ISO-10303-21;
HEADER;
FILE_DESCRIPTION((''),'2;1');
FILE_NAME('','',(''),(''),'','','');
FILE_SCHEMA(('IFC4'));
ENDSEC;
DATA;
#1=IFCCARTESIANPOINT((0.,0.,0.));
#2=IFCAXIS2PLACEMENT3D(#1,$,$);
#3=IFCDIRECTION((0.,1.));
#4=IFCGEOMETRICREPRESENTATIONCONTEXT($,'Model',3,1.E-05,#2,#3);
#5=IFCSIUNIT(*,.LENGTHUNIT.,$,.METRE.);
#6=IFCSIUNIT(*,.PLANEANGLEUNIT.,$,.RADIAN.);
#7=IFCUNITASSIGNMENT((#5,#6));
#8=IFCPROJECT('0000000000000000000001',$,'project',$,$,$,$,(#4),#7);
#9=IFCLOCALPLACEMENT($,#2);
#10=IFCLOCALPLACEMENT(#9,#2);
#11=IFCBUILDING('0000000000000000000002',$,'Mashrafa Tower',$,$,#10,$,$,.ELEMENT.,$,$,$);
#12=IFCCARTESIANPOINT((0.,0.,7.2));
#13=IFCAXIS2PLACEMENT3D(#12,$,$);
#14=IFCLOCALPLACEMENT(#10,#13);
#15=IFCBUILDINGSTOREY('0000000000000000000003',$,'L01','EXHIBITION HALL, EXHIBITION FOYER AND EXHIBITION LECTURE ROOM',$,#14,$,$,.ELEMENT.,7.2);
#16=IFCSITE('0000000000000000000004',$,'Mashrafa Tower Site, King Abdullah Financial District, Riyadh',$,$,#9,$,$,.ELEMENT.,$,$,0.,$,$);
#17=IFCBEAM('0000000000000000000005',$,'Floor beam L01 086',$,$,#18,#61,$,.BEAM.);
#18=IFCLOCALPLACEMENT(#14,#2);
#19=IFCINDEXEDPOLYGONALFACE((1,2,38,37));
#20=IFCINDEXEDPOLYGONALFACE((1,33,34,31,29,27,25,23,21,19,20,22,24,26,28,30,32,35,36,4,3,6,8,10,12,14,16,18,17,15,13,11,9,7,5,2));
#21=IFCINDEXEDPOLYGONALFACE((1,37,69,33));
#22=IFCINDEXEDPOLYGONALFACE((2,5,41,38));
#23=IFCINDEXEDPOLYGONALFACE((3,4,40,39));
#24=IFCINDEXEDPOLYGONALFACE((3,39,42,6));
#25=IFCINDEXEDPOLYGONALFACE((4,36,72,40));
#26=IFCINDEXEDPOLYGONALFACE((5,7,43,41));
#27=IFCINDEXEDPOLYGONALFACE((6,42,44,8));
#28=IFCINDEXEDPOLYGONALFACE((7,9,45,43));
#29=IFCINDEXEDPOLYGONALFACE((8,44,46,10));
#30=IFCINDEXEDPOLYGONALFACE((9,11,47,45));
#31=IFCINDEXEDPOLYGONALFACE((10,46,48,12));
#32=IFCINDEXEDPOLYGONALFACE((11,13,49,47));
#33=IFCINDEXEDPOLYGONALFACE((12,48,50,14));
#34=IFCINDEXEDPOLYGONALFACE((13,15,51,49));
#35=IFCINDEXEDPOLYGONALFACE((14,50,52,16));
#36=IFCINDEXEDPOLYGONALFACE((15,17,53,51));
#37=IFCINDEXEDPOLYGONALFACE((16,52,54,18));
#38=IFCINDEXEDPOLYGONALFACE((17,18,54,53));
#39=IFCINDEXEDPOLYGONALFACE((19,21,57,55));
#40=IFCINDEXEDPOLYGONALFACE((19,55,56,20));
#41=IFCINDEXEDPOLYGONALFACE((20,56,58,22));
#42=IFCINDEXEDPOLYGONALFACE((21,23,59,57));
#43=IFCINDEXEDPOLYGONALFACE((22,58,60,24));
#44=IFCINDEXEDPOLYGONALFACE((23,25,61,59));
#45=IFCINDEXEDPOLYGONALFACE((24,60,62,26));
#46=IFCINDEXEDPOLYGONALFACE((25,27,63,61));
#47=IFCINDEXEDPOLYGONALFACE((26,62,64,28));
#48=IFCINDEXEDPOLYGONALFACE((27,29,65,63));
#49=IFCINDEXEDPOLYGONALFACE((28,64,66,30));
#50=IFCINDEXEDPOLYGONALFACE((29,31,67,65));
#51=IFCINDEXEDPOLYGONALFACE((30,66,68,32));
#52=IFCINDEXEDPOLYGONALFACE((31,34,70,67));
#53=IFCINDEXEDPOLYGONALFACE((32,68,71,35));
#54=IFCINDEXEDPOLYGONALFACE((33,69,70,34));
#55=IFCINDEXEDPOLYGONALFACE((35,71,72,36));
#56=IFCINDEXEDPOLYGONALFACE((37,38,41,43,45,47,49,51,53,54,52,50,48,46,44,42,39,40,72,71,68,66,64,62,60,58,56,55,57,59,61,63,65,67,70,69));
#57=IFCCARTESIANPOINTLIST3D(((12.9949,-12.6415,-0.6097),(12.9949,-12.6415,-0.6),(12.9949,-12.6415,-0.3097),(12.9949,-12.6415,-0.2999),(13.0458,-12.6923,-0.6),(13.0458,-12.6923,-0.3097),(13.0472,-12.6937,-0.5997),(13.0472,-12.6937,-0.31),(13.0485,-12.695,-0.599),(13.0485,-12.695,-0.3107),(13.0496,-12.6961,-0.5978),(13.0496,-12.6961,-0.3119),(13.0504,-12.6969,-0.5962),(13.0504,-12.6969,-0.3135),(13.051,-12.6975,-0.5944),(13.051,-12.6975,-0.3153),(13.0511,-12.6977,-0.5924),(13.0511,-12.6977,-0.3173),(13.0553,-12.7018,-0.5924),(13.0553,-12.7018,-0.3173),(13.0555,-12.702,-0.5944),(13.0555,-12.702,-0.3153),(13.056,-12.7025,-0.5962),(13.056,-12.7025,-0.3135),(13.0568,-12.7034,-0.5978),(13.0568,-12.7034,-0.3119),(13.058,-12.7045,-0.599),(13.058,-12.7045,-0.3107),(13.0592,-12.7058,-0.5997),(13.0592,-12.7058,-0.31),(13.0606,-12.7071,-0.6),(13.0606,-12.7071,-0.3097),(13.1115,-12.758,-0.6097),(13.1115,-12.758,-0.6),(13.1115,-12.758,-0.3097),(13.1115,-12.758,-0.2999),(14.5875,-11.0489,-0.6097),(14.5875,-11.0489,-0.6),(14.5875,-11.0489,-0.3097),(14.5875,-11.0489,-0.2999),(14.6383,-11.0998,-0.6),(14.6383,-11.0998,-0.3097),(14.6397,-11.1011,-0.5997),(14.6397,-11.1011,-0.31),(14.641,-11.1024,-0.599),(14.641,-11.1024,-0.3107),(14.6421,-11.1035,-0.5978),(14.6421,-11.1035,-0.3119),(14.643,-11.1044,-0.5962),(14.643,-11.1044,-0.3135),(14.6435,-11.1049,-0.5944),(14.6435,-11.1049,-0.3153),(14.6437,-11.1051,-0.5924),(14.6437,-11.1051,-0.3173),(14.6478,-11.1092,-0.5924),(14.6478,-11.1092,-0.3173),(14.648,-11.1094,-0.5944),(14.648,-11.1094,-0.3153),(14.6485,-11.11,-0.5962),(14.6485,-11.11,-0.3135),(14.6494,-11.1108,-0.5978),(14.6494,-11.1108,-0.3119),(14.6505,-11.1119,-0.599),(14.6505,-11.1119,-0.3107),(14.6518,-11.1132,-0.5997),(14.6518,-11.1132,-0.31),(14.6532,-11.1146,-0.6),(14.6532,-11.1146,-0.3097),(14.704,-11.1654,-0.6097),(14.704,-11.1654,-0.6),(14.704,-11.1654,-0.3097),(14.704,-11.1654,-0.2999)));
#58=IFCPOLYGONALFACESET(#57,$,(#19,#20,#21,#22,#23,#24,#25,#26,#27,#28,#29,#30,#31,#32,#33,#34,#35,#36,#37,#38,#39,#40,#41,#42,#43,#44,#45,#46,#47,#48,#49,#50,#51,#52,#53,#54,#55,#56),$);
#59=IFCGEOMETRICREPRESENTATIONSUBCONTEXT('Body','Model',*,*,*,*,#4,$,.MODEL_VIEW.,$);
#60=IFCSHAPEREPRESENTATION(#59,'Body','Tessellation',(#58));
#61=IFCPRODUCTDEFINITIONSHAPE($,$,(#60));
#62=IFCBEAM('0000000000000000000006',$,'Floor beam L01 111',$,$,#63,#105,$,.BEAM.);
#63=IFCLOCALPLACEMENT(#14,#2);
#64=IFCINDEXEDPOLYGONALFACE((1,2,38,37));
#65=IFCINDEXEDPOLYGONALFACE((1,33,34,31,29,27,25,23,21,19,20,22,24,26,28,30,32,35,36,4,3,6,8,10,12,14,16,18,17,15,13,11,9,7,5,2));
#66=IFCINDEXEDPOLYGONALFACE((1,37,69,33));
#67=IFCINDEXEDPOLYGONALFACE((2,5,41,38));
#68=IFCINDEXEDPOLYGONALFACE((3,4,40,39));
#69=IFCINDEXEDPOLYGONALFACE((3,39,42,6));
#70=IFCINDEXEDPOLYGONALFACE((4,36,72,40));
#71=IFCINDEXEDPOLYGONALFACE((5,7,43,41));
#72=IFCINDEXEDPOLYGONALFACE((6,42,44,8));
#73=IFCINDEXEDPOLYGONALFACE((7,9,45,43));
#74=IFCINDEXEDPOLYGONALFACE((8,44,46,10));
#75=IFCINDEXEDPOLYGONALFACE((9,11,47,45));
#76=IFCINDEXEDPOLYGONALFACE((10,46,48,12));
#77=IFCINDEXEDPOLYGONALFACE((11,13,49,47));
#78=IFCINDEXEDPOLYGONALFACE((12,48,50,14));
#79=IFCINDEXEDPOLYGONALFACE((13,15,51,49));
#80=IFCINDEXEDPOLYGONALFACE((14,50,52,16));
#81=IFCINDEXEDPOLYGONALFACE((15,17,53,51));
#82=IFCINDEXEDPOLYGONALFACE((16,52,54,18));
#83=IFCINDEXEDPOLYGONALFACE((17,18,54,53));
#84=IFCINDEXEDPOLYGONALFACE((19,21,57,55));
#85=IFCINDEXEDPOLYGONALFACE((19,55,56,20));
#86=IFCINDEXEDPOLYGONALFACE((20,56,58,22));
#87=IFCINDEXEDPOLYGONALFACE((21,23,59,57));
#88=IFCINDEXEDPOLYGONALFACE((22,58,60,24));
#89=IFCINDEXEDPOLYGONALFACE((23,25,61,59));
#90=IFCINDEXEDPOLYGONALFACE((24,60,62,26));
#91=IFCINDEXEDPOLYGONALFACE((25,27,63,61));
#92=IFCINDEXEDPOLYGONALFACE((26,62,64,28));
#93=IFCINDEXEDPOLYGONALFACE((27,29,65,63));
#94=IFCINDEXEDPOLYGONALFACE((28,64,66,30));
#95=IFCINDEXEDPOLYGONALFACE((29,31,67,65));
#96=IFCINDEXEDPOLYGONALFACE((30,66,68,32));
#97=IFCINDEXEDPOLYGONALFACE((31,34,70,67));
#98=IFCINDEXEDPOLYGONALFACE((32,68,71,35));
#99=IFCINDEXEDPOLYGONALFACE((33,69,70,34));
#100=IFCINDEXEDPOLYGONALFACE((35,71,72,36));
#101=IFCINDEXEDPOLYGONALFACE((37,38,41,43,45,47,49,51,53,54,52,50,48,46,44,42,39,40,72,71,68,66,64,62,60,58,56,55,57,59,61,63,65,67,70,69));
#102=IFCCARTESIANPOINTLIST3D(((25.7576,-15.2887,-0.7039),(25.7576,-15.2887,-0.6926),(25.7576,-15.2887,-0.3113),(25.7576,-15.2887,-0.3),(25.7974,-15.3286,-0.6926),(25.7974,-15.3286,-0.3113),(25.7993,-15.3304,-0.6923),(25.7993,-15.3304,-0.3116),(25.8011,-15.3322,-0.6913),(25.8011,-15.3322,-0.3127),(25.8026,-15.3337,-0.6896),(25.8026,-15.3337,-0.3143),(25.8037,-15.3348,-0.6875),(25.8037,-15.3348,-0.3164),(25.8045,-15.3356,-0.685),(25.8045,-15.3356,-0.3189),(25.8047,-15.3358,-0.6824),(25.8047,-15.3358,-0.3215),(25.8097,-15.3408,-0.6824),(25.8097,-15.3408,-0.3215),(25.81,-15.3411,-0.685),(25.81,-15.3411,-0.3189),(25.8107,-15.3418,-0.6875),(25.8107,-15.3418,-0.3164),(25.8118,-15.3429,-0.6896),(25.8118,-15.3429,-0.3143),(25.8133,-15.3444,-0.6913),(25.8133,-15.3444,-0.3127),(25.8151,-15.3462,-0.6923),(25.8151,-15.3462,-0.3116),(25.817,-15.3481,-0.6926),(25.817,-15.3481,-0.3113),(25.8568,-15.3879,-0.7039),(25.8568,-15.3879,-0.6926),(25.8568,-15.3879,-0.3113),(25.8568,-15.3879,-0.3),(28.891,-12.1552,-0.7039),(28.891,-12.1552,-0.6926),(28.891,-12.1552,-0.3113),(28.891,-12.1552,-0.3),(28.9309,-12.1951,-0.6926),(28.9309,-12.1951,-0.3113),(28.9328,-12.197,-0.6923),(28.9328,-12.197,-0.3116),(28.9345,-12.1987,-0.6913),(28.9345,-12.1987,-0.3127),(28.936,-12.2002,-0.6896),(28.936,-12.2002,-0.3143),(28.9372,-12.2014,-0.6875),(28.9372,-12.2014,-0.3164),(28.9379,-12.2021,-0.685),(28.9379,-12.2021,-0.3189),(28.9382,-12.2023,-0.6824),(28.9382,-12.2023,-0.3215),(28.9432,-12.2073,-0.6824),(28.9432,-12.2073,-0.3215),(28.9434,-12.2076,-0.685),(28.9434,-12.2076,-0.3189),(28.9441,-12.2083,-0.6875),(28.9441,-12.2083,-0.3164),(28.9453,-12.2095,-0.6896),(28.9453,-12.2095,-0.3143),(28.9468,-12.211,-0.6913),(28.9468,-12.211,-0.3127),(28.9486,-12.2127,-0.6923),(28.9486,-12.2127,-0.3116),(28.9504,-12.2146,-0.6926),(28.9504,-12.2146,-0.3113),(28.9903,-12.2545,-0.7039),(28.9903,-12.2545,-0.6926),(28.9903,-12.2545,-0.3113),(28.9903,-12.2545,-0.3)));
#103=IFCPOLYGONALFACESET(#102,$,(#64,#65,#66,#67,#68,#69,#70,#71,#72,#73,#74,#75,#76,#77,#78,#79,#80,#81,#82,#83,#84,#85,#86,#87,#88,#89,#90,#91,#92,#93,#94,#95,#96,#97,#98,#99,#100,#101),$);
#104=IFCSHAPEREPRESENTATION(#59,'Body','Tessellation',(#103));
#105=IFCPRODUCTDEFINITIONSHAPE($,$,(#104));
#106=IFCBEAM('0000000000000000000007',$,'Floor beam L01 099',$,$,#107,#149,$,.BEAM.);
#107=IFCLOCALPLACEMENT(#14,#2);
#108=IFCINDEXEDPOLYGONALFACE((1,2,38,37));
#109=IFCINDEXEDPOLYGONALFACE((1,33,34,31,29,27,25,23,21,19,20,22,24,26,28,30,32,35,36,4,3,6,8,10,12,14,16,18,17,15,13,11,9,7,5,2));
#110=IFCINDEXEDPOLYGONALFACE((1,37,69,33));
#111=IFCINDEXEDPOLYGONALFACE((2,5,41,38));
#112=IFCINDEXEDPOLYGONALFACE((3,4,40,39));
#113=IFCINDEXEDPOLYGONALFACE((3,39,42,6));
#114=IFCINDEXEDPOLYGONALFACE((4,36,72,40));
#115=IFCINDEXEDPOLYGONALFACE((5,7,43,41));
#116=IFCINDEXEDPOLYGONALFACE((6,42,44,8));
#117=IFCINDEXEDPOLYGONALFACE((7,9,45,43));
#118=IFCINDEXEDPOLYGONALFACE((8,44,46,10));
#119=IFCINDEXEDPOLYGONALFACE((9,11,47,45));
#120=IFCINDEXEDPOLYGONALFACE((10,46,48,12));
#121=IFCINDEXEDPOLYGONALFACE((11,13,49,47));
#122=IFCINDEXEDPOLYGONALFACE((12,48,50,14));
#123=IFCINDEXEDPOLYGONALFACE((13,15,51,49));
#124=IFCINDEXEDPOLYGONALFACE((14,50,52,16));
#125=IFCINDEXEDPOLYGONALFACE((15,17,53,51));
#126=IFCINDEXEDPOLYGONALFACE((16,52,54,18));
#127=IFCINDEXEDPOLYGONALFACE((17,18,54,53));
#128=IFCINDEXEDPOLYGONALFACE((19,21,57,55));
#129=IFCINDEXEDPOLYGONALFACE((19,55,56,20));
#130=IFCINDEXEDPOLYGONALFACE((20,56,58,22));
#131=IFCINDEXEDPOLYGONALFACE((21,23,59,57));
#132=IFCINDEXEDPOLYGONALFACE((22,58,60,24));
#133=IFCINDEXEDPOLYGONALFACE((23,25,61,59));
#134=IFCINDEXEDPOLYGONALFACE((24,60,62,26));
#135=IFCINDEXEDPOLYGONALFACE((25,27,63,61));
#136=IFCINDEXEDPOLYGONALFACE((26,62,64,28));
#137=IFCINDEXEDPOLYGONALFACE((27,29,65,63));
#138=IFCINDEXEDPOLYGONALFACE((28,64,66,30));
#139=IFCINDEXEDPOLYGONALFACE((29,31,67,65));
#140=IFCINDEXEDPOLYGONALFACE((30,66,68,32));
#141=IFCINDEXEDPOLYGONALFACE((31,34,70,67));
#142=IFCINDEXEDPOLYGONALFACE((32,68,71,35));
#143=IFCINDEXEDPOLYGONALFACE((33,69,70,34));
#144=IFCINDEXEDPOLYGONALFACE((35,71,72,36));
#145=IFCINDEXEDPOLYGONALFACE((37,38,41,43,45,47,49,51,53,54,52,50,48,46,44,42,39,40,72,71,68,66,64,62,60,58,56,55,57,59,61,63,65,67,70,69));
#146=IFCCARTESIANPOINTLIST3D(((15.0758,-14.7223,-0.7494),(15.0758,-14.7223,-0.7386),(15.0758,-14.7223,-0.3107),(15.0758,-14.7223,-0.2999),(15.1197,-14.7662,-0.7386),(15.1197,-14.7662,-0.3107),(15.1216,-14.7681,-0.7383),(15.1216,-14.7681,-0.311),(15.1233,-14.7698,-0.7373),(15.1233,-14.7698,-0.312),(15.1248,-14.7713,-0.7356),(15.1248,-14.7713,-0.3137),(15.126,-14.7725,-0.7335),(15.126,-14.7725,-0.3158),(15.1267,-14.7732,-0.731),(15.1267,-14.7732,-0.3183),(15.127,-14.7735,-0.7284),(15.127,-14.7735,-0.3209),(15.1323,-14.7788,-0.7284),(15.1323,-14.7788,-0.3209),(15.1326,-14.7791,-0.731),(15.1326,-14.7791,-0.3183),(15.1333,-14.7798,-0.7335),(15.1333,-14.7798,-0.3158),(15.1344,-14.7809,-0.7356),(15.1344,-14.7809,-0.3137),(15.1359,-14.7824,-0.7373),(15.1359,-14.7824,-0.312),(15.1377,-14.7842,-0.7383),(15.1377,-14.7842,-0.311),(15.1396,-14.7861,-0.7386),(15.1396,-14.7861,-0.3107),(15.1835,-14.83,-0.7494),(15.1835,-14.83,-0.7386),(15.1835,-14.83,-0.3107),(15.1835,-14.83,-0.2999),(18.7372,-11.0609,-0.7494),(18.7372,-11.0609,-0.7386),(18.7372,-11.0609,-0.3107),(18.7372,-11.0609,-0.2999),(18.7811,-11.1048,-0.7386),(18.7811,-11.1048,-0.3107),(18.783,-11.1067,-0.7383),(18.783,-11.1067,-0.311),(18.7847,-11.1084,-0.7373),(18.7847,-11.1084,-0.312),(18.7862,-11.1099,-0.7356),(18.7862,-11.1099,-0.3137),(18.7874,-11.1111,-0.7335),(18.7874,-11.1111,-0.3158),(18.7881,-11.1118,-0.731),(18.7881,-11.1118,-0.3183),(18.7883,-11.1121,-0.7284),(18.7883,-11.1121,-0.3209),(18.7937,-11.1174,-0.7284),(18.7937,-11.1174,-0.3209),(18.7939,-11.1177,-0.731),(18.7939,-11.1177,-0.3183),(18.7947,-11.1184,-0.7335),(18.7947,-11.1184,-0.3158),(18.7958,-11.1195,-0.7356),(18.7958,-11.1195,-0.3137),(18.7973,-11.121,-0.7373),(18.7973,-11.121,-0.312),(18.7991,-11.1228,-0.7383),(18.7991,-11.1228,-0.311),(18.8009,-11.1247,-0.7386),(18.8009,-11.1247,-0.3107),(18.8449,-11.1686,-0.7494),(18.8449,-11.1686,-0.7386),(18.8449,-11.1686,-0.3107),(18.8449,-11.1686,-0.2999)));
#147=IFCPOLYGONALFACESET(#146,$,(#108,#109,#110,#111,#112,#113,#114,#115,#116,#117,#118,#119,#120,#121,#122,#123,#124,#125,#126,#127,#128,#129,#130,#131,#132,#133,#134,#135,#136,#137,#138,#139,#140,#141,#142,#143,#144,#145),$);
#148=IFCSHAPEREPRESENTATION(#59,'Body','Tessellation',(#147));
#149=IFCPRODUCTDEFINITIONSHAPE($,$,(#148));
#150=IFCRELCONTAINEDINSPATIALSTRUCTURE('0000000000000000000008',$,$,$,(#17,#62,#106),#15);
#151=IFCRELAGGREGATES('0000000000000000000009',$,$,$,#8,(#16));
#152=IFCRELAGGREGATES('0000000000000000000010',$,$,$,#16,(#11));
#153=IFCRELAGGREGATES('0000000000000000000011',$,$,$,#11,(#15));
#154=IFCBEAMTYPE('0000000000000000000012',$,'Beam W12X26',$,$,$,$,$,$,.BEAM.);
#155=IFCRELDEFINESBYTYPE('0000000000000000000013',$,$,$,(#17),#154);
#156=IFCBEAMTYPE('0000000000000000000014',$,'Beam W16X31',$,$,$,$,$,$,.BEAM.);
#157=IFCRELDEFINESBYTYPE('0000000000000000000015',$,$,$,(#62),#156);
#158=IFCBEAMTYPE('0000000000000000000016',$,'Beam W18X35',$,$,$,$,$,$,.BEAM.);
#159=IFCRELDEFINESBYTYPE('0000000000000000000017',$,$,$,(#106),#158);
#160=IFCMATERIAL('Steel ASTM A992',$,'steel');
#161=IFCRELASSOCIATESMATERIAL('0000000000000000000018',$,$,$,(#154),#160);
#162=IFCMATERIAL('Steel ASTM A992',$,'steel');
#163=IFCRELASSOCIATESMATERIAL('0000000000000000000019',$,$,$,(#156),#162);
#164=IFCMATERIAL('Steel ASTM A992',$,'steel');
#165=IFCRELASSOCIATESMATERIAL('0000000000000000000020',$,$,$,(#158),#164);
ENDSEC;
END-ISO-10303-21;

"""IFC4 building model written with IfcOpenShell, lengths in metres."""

from ifc_helpers import new_model, si_unit, direction, frame, origin, origin_2d, place, context, subcontext, project, spatial, i_section, extrude, material, material_profile, profile_set, type_object, element, save


model = new_model("IFC4")

# Units and contexts
model_context = context("Model", 3, precision=1e-05, world=origin(), true_north=direction((0.0, 1.0)))
body_context = subcontext(model_context, "Body", "Model", "MODEL_VIEW")
ifc_project = project(units=[si_unit("LENGTHUNIT", "METRE"), si_unit("PLANEANGLEUNIT", "RADIAN")], contexts=[model_context])

# Site, building, storey
site_placement = place(None, origin())
site = spatial("IfcSite", under=ifc_project, at=site_placement, Name="Mashrafa Tower Site, King Abdullah Financial District, Riyadh", CompositionType="ELEMENT", RefElevation=0.0)
building_placement = place(site_placement, origin())
building = spatial("IfcBuilding", under=site, at=building_placement, Name="Mashrafa Tower", CompositionType="ELEMENT")
storey_placement = place(building_placement, frame((0.0, 0.0, 7.2)))
storey = spatial("IfcBuildingStorey", under=building, at=storey_placement, Name="L01", Description="EXHIBITION HALL, EXHIBITION FOYER AND EXHIBITION LECTURE ROOM", CompositionType="ELEMENT", Elevation=7.2)

# Beams
ifc_material_1 = material(Name="Steel ASTM A992", Category="steel")
ifc_material_profile_1 = material_profile(ifc_material_1, i_section(OverallWidth=0.1648, OverallDepth=0.3098, WebThickness=0.0059, FlangeThickness=0.0098, FilletRadius=0.0076, at=origin_2d()), Name="W12X26")
ifc_profile_set_1 = profile_set([ifc_material_profile_1], Name="Steel ASTM A992")
beam_type_1 = type_object("IfcBeamType", Name="Beam W12X26", PredefinedType="BEAM", material=ifc_profile_set_1)
for number, where, z_axis, x_axis, name in (
    (1, (14.6458, -11.1072, -0.4548), (-0.707107, -0.707107, 0.0), (0.707107, -0.707107, 0.0), "Floor beam L01 086"),
):
    element("IfcBeam", number, at=place(storey_placement, frame(where, z_axis=z_axis, x_axis=x_axis)), inside=storey, type_object=beam_type_1, Name=name, PredefinedType="BEAM", context=body_context, shape_type="SweptSolid", body=[
        extrude(i_section(OverallWidth=0.1648, OverallDepth=0.3098, WebThickness=0.0059, FlangeThickness=0.0098, FilletRadius=0.0076, at=origin_2d()), origin(), (0.0, 0.0, 1.0), 2.2522),
    ])
ifc_material_2 = material(Name="Steel ASTM A992", Category="steel")
ifc_material_profile_2 = material_profile(ifc_material_2, i_section(OverallWidth=0.1404, OverallDepth=0.4038, WebThickness=0.0071, FlangeThickness=0.0112, FilletRadius=0.0103, at=origin_2d()), Name="W16X31")
ifc_profile_set_2 = profile_set([ifc_material_profile_2], Name="Steel ASTM A992")
beam_type_2 = type_object("IfcBeamType", Name="Beam W16X31", PredefinedType="BEAM", material=ifc_profile_set_2)
beam_1_placement = place(storey_placement, frame((28.9407, -12.2048, -0.502), z_axis=(-0.707107, -0.707107, 0.0), x_axis=(0.707107, -0.707107, 0.0)))
element("IfcBeam", 2, at=beam_1_placement, inside=storey, type_object=beam_type_2, Name="Floor beam L01 111", PredefinedType="BEAM", context=body_context, shape_type="SweptSolid", body=[
    extrude(i_section(OverallWidth=0.1404, OverallDepth=0.4038, WebThickness=0.0071, FlangeThickness=0.0112, FilletRadius=0.0103, at=origin_2d()), origin(), (0.0, 0.0, 1.0), 4.4314),
])
ifc_material_3 = material(Name="Steel ASTM A992", Category="steel")
ifc_material_profile_3 = material_profile(ifc_material_3, i_section(OverallWidth=0.1523, OverallDepth=0.4495, WebThickness=0.0076, FlangeThickness=0.0107, FilletRadius=0.0103, at=origin_2d()), Name="W18X35")
ifc_profile_set_3 = profile_set([ifc_material_profile_3], Name="Steel ASTM A992")
beam_type_3 = type_object("IfcBeamType", Name="Beam W18X35", PredefinedType="BEAM", material=ifc_profile_set_3)
beam_2_placement = place(storey_placement, frame((18.791, -11.1147, -0.5247), z_axis=(-0.707107, -0.707107, 0.0), x_axis=(0.707107, -0.707107, 0.0)))
element("IfcBeam", 3, at=beam_2_placement, inside=storey, type_object=beam_type_3, Name="Floor beam L01 099", PredefinedType="BEAM", context=body_context, shape_type="SweptSolid", body=[
    extrude(i_section(OverallWidth=0.1523, OverallDepth=0.4495, WebThickness=0.0076, FlangeThickness=0.0107, FilletRadius=0.0103, at=origin_2d()), origin(), (0.0, 0.0, 1.0), 5.178),
])

save(model, "model.ifc")
